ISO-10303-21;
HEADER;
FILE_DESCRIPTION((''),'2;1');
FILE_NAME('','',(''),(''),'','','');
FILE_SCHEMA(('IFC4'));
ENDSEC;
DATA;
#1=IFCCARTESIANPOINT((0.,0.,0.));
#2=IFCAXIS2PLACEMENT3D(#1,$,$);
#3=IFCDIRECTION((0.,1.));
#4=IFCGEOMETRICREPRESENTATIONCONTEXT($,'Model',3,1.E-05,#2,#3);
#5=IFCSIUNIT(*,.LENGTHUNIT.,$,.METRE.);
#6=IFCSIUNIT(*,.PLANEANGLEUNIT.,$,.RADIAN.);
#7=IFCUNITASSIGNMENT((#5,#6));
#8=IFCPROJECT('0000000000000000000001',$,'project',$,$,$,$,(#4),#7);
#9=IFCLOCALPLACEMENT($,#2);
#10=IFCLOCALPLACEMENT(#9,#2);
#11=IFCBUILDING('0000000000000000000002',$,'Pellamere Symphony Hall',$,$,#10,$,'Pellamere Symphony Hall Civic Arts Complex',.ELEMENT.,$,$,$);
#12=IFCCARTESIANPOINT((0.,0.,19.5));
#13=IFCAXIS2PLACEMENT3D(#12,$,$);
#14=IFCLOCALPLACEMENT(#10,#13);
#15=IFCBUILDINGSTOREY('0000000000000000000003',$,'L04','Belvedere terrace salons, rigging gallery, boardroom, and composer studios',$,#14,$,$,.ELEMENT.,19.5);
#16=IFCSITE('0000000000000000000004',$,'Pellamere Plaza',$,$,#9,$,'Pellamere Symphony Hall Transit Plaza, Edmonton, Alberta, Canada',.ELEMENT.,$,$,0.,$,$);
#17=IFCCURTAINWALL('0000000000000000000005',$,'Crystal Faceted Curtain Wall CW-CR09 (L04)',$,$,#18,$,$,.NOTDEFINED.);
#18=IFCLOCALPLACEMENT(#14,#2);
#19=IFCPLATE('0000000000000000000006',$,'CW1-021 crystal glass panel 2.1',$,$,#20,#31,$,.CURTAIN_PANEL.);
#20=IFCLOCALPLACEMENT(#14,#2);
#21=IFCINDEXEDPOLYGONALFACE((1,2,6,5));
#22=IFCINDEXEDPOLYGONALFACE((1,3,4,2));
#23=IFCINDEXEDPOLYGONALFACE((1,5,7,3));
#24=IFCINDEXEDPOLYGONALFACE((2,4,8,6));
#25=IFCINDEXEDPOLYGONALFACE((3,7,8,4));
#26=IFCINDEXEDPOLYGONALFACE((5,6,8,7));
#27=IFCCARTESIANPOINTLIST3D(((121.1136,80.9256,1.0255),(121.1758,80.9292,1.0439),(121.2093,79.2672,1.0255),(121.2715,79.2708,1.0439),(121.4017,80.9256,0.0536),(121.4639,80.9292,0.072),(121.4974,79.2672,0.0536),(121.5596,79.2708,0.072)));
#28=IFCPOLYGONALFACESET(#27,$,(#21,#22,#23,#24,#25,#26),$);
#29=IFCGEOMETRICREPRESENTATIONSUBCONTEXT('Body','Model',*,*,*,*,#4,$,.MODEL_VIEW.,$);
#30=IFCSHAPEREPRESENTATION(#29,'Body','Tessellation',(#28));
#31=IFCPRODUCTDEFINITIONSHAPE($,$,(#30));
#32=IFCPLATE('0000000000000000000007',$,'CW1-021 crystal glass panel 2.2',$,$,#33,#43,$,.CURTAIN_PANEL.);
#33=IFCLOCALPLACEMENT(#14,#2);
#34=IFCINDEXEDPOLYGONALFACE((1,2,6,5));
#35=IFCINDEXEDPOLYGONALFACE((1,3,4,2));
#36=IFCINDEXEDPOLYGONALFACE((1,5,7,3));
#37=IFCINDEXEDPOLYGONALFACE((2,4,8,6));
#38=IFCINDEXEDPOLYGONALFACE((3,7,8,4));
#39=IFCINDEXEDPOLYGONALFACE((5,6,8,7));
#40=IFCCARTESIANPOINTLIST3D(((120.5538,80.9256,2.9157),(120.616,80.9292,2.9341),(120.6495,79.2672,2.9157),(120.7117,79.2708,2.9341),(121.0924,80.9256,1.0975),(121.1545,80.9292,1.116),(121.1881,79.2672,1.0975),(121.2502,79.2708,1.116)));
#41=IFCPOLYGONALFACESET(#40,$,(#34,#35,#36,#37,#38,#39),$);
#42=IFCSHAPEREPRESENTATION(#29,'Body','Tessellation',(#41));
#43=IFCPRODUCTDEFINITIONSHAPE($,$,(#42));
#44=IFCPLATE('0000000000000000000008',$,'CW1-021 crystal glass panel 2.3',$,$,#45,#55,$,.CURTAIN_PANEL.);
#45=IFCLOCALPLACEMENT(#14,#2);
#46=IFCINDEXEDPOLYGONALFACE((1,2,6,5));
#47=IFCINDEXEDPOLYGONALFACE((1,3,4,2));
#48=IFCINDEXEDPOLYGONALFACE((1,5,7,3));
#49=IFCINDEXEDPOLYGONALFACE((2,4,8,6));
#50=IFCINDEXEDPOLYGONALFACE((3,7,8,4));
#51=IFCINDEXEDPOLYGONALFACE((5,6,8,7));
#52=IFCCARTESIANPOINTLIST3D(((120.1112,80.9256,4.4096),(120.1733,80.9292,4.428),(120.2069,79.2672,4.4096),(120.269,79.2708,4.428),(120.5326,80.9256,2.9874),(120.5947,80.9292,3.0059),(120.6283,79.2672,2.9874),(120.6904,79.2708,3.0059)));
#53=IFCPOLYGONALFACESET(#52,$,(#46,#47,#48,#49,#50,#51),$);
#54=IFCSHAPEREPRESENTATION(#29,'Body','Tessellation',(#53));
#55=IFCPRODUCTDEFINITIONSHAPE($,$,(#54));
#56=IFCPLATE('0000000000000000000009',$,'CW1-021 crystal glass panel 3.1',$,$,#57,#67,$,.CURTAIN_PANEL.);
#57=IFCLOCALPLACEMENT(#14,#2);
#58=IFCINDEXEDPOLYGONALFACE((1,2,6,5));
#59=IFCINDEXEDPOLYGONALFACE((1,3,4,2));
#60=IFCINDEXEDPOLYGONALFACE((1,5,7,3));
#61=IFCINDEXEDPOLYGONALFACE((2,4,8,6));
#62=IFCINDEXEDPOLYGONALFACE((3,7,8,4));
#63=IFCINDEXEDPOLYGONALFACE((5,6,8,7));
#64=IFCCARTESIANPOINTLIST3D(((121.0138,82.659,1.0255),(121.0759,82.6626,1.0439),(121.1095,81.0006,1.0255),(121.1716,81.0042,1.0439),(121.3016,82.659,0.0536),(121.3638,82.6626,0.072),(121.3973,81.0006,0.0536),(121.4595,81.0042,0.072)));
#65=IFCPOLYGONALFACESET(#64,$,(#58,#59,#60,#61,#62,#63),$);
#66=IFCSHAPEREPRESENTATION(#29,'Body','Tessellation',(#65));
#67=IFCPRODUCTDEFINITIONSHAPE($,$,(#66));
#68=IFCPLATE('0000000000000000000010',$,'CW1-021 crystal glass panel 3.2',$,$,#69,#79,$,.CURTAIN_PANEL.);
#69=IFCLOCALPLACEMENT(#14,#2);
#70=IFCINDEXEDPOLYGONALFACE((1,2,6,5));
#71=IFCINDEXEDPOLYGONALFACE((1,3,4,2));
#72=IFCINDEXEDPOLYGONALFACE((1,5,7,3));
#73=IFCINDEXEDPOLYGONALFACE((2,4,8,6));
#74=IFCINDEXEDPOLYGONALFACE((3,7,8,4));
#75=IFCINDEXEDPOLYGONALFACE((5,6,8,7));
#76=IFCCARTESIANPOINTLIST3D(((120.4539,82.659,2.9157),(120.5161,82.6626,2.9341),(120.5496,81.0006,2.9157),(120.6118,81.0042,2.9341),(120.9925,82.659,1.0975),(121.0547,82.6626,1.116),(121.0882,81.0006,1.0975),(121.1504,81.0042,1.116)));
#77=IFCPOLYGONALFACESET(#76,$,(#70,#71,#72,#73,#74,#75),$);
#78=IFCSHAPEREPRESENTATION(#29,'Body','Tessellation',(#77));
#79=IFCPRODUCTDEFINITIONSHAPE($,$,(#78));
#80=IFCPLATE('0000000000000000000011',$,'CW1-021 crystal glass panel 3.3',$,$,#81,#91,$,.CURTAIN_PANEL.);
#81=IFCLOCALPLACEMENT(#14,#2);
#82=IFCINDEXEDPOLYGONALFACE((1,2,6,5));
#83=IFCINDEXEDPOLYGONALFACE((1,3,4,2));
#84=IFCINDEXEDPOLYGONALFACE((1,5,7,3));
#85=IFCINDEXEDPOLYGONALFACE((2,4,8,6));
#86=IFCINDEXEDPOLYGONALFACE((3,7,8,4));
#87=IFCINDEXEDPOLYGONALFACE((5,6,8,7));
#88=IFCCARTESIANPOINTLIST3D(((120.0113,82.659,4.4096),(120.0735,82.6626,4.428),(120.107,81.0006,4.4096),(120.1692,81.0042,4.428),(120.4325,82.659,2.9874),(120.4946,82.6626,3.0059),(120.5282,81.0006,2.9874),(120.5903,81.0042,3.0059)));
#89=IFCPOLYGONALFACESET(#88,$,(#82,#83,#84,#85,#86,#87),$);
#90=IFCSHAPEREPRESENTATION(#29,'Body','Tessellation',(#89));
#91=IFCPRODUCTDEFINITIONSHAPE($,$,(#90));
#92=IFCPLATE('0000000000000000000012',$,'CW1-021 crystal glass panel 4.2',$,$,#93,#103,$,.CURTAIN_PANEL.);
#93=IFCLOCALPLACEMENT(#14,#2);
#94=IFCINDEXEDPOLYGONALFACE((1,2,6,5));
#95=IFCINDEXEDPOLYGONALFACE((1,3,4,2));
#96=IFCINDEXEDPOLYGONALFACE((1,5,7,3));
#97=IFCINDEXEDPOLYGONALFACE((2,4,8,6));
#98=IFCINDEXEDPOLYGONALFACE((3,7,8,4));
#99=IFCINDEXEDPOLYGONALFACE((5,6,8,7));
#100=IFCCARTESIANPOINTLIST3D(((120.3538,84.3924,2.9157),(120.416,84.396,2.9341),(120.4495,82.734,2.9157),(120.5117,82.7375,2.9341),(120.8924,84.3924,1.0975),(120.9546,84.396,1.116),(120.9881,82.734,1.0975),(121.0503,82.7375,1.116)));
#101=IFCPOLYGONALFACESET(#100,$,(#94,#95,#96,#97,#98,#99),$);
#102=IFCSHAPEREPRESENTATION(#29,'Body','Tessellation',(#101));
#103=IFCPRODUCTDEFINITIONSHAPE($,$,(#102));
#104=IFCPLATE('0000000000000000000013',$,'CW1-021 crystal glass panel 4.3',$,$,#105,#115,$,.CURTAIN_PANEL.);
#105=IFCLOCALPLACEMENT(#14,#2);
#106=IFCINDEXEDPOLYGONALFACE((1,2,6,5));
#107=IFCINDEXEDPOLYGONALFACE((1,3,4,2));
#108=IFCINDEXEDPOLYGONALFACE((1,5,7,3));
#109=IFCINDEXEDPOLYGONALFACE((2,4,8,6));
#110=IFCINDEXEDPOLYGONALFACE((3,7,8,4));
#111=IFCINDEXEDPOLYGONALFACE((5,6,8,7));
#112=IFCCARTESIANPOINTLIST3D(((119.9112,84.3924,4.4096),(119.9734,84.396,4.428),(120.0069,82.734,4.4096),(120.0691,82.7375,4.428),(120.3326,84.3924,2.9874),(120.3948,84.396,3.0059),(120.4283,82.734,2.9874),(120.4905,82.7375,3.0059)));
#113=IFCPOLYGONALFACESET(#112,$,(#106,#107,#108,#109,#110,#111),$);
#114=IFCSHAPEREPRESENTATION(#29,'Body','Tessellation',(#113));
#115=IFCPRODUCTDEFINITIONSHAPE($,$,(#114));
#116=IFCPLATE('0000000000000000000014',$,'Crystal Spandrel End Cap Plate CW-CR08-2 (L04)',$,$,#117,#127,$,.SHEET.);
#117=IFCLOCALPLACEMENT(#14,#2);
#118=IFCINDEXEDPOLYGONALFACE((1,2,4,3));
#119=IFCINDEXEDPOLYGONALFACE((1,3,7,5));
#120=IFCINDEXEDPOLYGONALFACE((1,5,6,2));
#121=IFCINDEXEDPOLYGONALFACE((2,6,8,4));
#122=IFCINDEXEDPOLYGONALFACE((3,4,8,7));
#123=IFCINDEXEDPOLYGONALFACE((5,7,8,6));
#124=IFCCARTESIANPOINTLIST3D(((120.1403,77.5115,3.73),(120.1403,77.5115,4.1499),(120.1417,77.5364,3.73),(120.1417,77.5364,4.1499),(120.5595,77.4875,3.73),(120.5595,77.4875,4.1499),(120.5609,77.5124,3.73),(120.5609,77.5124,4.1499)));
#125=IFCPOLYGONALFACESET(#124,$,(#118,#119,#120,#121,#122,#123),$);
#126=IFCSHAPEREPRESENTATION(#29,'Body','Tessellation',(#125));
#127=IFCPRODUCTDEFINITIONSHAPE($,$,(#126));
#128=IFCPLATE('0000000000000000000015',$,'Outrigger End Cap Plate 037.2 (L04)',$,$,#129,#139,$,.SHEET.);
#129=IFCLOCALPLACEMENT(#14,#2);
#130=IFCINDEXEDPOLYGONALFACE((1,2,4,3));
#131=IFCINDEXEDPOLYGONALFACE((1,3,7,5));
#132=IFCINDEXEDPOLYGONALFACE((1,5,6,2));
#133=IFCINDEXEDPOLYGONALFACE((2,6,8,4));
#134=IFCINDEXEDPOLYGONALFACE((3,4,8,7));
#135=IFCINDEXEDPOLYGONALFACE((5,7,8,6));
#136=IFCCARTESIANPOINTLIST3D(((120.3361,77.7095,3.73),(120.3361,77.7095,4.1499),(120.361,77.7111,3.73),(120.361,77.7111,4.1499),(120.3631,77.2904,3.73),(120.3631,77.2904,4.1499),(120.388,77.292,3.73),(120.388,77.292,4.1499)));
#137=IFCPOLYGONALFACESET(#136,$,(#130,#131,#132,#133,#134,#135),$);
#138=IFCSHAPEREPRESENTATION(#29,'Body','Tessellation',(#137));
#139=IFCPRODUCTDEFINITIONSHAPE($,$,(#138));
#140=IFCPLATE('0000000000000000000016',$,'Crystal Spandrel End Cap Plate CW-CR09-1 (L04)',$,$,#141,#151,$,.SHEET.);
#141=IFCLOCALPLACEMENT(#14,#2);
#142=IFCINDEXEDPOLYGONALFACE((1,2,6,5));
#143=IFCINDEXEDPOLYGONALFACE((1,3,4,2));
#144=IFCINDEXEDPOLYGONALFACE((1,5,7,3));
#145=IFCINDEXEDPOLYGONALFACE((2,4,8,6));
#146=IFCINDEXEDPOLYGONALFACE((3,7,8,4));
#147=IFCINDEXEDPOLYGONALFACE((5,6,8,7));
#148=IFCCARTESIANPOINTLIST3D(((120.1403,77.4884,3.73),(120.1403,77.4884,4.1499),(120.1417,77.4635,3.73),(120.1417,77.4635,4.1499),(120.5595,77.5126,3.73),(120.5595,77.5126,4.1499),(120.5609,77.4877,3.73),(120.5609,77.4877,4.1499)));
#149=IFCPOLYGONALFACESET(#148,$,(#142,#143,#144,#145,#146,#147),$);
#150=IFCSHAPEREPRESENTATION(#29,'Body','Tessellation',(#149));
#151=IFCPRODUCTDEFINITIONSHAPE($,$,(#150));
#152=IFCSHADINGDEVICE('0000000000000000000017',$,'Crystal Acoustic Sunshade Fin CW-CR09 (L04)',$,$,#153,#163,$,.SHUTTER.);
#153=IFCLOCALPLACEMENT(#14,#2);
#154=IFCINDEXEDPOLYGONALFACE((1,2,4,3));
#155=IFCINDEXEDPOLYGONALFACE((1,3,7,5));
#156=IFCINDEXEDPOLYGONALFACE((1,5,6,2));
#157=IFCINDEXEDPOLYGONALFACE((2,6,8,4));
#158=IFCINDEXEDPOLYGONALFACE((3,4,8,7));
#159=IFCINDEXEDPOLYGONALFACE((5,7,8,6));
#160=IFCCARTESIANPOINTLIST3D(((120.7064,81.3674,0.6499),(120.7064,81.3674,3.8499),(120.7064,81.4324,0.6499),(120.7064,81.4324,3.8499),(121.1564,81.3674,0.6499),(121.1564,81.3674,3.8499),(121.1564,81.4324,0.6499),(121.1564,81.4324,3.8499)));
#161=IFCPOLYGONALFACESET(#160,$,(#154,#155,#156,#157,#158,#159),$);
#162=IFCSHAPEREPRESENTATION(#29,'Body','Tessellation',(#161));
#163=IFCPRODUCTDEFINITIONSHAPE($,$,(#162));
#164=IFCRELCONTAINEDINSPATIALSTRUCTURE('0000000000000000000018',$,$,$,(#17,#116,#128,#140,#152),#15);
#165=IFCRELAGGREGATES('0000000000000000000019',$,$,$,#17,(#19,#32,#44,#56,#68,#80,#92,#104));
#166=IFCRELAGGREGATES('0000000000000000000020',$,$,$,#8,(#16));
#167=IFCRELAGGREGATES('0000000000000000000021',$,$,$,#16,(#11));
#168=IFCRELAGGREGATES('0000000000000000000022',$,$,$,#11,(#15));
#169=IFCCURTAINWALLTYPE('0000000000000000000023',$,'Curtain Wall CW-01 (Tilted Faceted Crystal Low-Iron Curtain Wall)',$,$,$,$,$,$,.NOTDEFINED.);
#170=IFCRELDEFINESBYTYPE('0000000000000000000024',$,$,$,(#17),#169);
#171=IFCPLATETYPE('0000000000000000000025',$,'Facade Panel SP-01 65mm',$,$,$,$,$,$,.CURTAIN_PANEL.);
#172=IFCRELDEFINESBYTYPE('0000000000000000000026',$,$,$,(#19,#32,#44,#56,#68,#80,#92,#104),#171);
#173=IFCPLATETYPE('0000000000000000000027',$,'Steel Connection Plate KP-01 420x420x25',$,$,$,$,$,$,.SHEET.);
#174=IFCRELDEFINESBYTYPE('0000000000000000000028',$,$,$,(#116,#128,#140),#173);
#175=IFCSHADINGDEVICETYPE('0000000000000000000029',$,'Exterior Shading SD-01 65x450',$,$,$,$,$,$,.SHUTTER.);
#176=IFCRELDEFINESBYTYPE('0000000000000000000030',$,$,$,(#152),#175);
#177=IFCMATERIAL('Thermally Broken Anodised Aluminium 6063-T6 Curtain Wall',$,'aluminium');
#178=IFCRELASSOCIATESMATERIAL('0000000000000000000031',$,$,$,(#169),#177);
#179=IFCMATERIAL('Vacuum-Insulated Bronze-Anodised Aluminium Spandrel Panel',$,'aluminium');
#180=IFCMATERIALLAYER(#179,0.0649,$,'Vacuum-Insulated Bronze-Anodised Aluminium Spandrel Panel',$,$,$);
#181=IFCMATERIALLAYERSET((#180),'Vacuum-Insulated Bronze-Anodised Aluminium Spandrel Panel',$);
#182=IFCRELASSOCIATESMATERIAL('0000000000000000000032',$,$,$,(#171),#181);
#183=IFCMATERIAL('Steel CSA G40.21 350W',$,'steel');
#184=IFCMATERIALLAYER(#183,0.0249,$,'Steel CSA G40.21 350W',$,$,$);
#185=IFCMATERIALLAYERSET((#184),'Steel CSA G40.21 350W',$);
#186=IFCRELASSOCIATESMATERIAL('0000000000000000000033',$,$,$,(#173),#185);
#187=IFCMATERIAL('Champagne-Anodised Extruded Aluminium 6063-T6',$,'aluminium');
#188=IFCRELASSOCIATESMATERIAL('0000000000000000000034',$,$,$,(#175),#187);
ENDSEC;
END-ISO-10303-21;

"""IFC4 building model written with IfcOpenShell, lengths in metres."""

from ifc_helpers import new_model, si_unit, direction, frame, origin, origin_2d, place, context, subcontext, project, spatial, polyline, rectangle, outline, extrude, material, layer, layer_set, type_object, element, aggregate, save


model = new_model("IFC4")

# Units and contexts
model_context = context("Model", 3, precision=1e-05, world=origin(), true_north=direction((0.0, 1.0)))
body_context = subcontext(model_context, "Body", "Model", "MODEL_VIEW")
ifc_project = project(units=[si_unit("LENGTHUNIT", "METRE"), si_unit("PLANEANGLEUNIT", "RADIAN")], contexts=[model_context])

# Site, building, storey
site_placement = place(None, origin())
site = spatial("IfcSite", under=ifc_project, at=site_placement, Name="Pellamere Plaza", LongName="Pellamere Symphony Hall Transit Plaza, Edmonton, Alberta, Canada", CompositionType="ELEMENT", RefElevation=0.0)
building_placement = place(site_placement, origin())
building = spatial("IfcBuilding", under=site, at=building_placement, Name="Pellamere Symphony Hall", LongName="Pellamere Symphony Hall Civic Arts Complex", CompositionType="ELEMENT")
storey_placement = place(building_placement, frame((0.0, 0.0, 19.5)))
storey = spatial("IfcBuildingStorey", under=building, at=storey_placement, Name="L04", Description="Belvedere terrace salons, rigging gallery, boardroom, and composer studios", CompositionType="ELEMENT", Elevation=19.5)

# Shared definitions
ifc_material_1 = material(Name="Thermally Broken Anodised Aluminium 6063-T6 Curtain Wall", Category="aluminium")
curtain_wall_type = type_object("IfcCurtainWallType", Name="Curtain Wall CW-01 (Tilted Faceted Crystal Low-Iron Curtain Wall)", PredefinedType="NOTDEFINED", material=ifc_material_1)

# Curtain wall
curtain_wall_1_placement = place(storey_placement, origin())
curtain_wall_1 = element("IfcCurtainWall", 1, at=curtain_wall_1_placement, inside=storey, type_object=curtain_wall_type, Name="Crystal Faceted Curtain Wall CW-CR09 (L04)", PredefinedType="NOTDEFINED")

# Shared definitions
ifc_material_2 = material(Name="Steel CSA G40.21 350W", Category="steel")

# Plates
ifc_material_3 = material(Name="Vacuum-Insulated Bronze-Anodised Aluminium Spandrel Panel", Category="aluminium")
ifc_layer_1 = layer(ifc_material_3, 0.0649, Name="Vacuum-Insulated Bronze-Anodised Aluminium Spandrel Panel")
ifc_layer_set_1 = layer_set([ifc_layer_1], Name="Vacuum-Insulated Bronze-Anodised Aluminium Spandrel Panel")
plate_type_1 = type_object("IfcPlateType", Name="Facade Panel SP-01 65mm", PredefinedType="CURTAIN_PANEL", material=ifc_layer_set_1)
plate_1_placement = place(storey_placement, frame((121.5596, 79.2708, 0.072), z_axis=(0.957305, 0.055243, 0.283753), x_axis=(-0.057611, 0.998339, 0.0)))
plate_1 = element("IfcPlate", 2, at=plate_1_placement, type_object=plate_type_1, Name="CW1-021 crystal glass panel 2.1", PredefinedType="CURTAIN_PANEL", context=body_context, shape_type="SweptSolid", body=[
    extrude(outline(polyline([(0.0, 0.0), (1.6612, 0.0), (1.6778, 1.0136), (0.0166, 1.0136), (0.0, 0.0)])), origin(), (0.0, 0.0, -1.0), 0.0649),
])
plate_2_placement = place(storey_placement, frame((121.2502, 79.2708, 1.116), z_axis=(0.957352, 0.055245, 0.283593), x_axis=(-0.057611, 0.998339, 0.0)))
plate_2 = element("IfcPlate", 3, at=plate_2_placement, type_object=plate_type_1, Name="CW1-021 crystal glass panel 2.2", PredefinedType="CURTAIN_PANEL", context=body_context, shape_type="SweptSolid", body=[
    extrude(outline(polyline([(0.0, 0.0), (1.6612, 0.0), (1.6922, 1.896), (0.031, 1.896), (0.0, 0.0)])), origin(), (0.0, 0.0, -1.0), 0.0649),
])
plate_3_placement = place(storey_placement, frame((120.6904, 79.2708, 3.0059), z_axis=(0.957331, 0.055244, 0.283666), x_axis=(-0.057611, 0.998339, 0.0)))
plate_3 = element("IfcPlate", 4, at=plate_3_placement, type_object=plate_type_1, Name="CW1-021 crystal glass panel 2.3", PredefinedType="CURTAIN_PANEL", context=body_context, shape_type="SweptSolid", body=[
    extrude(outline(polyline([(0.0, 0.0), (1.6612, 0.0), (1.6855, 1.483), (0.0243, 1.483), (0.0, 0.0)])), origin(), (0.0, 0.0, -1.0), 0.0649),
])
plate_4_placement = place(storey_placement, frame((121.4595, 81.0042, 0.072), z_axis=(0.95737, 0.055246, 0.283532), x_axis=(-0.057611, 0.998339, 0.0)))
plate_4 = element("IfcPlate", 5, at=plate_4_placement, type_object=plate_type_1, Name="CW1-021 crystal glass panel 3.1", PredefinedType="CURTAIN_PANEL", context=body_context, shape_type="SweptSolid", body=[
    extrude(outline(polyline([(0.0, 0.0), (1.6612, 0.0), (1.6778, 1.0135), (0.0166, 1.0135), (0.0, 0.0)])), origin(), (0.0, 0.0, -1.0), 0.0649),
])
plate_5_placement = place(storey_placement, frame((121.1504, 81.0042, 1.116), z_axis=(0.957352, 0.055245, 0.283593), x_axis=(-0.057611, 0.998339, 0.0)))
plate_5 = element("IfcPlate", 6, at=plate_5_placement, type_object=plate_type_1, Name="CW1-021 crystal glass panel 3.2", PredefinedType="CURTAIN_PANEL", context=body_context, shape_type="SweptSolid", body=[
    extrude(outline(polyline([(0.0, 0.0), (1.6612, 0.0), (1.6922, 1.896), (0.031, 1.896), (0.0, 0.0)])), origin(), (0.0, 0.0, -1.0), 0.0649),
])
plate_6_placement = place(storey_placement, frame((120.5903, 81.0042, 3.0059), z_axis=(0.957375, 0.055247, 0.283515), x_axis=(-0.057611, 0.998339, 0.0)))
plate_6 = element("IfcPlate", 7, at=plate_6_placement, type_object=plate_type_1, Name="CW1-021 crystal glass panel 3.3", PredefinedType="CURTAIN_PANEL", context=body_context, shape_type="SweptSolid", body=[
    extrude(outline(polyline([(0.0, 0.0), (1.6612, 0.0), (1.6855, 1.483), (0.0243, 1.483), (0.0, 0.0)])), origin(), (0.0, 0.0, -1.0), 0.0649),
])
plate_7_placement = place(storey_placement, frame((121.0503, 82.7375, 1.116), z_axis=(0.957352, 0.055245, 0.283593), x_axis=(-0.057611, 0.998339, 0.0)))
plate_7 = element("IfcPlate", 8, at=plate_7_placement, type_object=plate_type_1, Name="CW1-021 crystal glass panel 4.2", PredefinedType="CURTAIN_PANEL", context=body_context, shape_type="SweptSolid", body=[
    extrude(outline(polyline([(0.0, 0.0), (1.6612, 0.0), (1.6922, 1.896), (0.031, 1.896), (0.0, 0.0)])), origin(), (0.0, 0.0, -1.0), 0.0649),
])
plate_8_placement = place(storey_placement, frame((120.4905, 82.7375, 3.0059), z_axis=(0.957331, 0.055244, 0.283666), x_axis=(-0.057611, 0.998339, 0.0)))
plate_8 = element("IfcPlate", 9, at=plate_8_placement, type_object=plate_type_1, Name="CW1-021 crystal glass panel 4.3", PredefinedType="CURTAIN_PANEL", context=body_context, shape_type="SweptSolid", body=[
    extrude(outline(polyline([(0.0, 0.0), (1.6612, 0.0), (1.6855, 1.483), (0.0243, 1.483), (0.0, 0.0)])), origin(), (0.0, 0.0, -1.0), 0.0649),
])
aggregate(curtain_wall_1, [plate_1, plate_2, plate_3, plate_4, plate_5, plate_6, plate_7, plate_8])

# Plates
ifc_layer_2 = layer(ifc_material_2, 0.0249, Name="Steel CSA G40.21 350W")
ifc_layer_set_2 = layer_set([ifc_layer_2], Name="Steel CSA G40.21 350W")
plate_type_2 = type_object("IfcPlateType", Name="Steel Connection Plate KP-01 420x420x25", PredefinedType="SHEET", material=ifc_layer_set_2)
for number, where, z_axis, x_axis, name in (
    (10, (120.3506, 77.512, 3.73), (0.0, 0.0, 1.0), (0.057216, 0.998362, 0.0), "Crystal Spandrel End Cap Plate CW-CR08-2 (L04)"),
    (11, (120.3621, 77.5007, 3.73), (0.0, 0.0, 1.0), (0.997927, 0.064358, 0.0), "Outrigger End Cap Plate 037.2 (L04)"),
    (12, (120.3506, 77.488, 3.73), (0.0, 0.0, 1.0), (-0.057564, 0.998342, 0.0), "Crystal Spandrel End Cap Plate CW-CR09-1 (L04)"),
):
    element("IfcPlate", number, at=place(storey_placement, frame(where, z_axis=z_axis, x_axis=x_axis)), inside=storey, type_object=plate_type_2, Name=name, PredefinedType="SHEET", context=body_context, shape_type="SweptSolid", body=[
        extrude(rectangle(XDim=0.0249, YDim=0.4199, at=origin_2d()), origin(), (0.0, 0.0, 1.0), 0.4199),
    ])

# Shading device
ifc_material_4 = material(Name="Champagne-Anodised Extruded Aluminium 6063-T6", Category="aluminium")
shading_device_type = type_object("IfcShadingDeviceType", Name="Exterior Shading SD-01 65x450", PredefinedType="SHUTTER", material=ifc_material_4)
shading_device_placement = place(storey_placement, frame((120.9314, 81.3999, 0.6499), z_axis=(0.0, 0.0, 1.0), x_axis=(0.0, 1.0, 0.0)))
element("IfcShadingDevice", 13, at=shading_device_placement, inside=storey, type_object=shading_device_type, Name="Crystal Acoustic Sunshade Fin CW-CR09 (L04)", PredefinedType="SHUTTER", context=body_context, shape_type="SweptSolid", body=[
    extrude(rectangle(XDim=0.0649, YDim=0.45, at=origin_2d()), origin(), (0.0, 0.0, 1.0), 3.2),
])

save(model, "model.ifc")
